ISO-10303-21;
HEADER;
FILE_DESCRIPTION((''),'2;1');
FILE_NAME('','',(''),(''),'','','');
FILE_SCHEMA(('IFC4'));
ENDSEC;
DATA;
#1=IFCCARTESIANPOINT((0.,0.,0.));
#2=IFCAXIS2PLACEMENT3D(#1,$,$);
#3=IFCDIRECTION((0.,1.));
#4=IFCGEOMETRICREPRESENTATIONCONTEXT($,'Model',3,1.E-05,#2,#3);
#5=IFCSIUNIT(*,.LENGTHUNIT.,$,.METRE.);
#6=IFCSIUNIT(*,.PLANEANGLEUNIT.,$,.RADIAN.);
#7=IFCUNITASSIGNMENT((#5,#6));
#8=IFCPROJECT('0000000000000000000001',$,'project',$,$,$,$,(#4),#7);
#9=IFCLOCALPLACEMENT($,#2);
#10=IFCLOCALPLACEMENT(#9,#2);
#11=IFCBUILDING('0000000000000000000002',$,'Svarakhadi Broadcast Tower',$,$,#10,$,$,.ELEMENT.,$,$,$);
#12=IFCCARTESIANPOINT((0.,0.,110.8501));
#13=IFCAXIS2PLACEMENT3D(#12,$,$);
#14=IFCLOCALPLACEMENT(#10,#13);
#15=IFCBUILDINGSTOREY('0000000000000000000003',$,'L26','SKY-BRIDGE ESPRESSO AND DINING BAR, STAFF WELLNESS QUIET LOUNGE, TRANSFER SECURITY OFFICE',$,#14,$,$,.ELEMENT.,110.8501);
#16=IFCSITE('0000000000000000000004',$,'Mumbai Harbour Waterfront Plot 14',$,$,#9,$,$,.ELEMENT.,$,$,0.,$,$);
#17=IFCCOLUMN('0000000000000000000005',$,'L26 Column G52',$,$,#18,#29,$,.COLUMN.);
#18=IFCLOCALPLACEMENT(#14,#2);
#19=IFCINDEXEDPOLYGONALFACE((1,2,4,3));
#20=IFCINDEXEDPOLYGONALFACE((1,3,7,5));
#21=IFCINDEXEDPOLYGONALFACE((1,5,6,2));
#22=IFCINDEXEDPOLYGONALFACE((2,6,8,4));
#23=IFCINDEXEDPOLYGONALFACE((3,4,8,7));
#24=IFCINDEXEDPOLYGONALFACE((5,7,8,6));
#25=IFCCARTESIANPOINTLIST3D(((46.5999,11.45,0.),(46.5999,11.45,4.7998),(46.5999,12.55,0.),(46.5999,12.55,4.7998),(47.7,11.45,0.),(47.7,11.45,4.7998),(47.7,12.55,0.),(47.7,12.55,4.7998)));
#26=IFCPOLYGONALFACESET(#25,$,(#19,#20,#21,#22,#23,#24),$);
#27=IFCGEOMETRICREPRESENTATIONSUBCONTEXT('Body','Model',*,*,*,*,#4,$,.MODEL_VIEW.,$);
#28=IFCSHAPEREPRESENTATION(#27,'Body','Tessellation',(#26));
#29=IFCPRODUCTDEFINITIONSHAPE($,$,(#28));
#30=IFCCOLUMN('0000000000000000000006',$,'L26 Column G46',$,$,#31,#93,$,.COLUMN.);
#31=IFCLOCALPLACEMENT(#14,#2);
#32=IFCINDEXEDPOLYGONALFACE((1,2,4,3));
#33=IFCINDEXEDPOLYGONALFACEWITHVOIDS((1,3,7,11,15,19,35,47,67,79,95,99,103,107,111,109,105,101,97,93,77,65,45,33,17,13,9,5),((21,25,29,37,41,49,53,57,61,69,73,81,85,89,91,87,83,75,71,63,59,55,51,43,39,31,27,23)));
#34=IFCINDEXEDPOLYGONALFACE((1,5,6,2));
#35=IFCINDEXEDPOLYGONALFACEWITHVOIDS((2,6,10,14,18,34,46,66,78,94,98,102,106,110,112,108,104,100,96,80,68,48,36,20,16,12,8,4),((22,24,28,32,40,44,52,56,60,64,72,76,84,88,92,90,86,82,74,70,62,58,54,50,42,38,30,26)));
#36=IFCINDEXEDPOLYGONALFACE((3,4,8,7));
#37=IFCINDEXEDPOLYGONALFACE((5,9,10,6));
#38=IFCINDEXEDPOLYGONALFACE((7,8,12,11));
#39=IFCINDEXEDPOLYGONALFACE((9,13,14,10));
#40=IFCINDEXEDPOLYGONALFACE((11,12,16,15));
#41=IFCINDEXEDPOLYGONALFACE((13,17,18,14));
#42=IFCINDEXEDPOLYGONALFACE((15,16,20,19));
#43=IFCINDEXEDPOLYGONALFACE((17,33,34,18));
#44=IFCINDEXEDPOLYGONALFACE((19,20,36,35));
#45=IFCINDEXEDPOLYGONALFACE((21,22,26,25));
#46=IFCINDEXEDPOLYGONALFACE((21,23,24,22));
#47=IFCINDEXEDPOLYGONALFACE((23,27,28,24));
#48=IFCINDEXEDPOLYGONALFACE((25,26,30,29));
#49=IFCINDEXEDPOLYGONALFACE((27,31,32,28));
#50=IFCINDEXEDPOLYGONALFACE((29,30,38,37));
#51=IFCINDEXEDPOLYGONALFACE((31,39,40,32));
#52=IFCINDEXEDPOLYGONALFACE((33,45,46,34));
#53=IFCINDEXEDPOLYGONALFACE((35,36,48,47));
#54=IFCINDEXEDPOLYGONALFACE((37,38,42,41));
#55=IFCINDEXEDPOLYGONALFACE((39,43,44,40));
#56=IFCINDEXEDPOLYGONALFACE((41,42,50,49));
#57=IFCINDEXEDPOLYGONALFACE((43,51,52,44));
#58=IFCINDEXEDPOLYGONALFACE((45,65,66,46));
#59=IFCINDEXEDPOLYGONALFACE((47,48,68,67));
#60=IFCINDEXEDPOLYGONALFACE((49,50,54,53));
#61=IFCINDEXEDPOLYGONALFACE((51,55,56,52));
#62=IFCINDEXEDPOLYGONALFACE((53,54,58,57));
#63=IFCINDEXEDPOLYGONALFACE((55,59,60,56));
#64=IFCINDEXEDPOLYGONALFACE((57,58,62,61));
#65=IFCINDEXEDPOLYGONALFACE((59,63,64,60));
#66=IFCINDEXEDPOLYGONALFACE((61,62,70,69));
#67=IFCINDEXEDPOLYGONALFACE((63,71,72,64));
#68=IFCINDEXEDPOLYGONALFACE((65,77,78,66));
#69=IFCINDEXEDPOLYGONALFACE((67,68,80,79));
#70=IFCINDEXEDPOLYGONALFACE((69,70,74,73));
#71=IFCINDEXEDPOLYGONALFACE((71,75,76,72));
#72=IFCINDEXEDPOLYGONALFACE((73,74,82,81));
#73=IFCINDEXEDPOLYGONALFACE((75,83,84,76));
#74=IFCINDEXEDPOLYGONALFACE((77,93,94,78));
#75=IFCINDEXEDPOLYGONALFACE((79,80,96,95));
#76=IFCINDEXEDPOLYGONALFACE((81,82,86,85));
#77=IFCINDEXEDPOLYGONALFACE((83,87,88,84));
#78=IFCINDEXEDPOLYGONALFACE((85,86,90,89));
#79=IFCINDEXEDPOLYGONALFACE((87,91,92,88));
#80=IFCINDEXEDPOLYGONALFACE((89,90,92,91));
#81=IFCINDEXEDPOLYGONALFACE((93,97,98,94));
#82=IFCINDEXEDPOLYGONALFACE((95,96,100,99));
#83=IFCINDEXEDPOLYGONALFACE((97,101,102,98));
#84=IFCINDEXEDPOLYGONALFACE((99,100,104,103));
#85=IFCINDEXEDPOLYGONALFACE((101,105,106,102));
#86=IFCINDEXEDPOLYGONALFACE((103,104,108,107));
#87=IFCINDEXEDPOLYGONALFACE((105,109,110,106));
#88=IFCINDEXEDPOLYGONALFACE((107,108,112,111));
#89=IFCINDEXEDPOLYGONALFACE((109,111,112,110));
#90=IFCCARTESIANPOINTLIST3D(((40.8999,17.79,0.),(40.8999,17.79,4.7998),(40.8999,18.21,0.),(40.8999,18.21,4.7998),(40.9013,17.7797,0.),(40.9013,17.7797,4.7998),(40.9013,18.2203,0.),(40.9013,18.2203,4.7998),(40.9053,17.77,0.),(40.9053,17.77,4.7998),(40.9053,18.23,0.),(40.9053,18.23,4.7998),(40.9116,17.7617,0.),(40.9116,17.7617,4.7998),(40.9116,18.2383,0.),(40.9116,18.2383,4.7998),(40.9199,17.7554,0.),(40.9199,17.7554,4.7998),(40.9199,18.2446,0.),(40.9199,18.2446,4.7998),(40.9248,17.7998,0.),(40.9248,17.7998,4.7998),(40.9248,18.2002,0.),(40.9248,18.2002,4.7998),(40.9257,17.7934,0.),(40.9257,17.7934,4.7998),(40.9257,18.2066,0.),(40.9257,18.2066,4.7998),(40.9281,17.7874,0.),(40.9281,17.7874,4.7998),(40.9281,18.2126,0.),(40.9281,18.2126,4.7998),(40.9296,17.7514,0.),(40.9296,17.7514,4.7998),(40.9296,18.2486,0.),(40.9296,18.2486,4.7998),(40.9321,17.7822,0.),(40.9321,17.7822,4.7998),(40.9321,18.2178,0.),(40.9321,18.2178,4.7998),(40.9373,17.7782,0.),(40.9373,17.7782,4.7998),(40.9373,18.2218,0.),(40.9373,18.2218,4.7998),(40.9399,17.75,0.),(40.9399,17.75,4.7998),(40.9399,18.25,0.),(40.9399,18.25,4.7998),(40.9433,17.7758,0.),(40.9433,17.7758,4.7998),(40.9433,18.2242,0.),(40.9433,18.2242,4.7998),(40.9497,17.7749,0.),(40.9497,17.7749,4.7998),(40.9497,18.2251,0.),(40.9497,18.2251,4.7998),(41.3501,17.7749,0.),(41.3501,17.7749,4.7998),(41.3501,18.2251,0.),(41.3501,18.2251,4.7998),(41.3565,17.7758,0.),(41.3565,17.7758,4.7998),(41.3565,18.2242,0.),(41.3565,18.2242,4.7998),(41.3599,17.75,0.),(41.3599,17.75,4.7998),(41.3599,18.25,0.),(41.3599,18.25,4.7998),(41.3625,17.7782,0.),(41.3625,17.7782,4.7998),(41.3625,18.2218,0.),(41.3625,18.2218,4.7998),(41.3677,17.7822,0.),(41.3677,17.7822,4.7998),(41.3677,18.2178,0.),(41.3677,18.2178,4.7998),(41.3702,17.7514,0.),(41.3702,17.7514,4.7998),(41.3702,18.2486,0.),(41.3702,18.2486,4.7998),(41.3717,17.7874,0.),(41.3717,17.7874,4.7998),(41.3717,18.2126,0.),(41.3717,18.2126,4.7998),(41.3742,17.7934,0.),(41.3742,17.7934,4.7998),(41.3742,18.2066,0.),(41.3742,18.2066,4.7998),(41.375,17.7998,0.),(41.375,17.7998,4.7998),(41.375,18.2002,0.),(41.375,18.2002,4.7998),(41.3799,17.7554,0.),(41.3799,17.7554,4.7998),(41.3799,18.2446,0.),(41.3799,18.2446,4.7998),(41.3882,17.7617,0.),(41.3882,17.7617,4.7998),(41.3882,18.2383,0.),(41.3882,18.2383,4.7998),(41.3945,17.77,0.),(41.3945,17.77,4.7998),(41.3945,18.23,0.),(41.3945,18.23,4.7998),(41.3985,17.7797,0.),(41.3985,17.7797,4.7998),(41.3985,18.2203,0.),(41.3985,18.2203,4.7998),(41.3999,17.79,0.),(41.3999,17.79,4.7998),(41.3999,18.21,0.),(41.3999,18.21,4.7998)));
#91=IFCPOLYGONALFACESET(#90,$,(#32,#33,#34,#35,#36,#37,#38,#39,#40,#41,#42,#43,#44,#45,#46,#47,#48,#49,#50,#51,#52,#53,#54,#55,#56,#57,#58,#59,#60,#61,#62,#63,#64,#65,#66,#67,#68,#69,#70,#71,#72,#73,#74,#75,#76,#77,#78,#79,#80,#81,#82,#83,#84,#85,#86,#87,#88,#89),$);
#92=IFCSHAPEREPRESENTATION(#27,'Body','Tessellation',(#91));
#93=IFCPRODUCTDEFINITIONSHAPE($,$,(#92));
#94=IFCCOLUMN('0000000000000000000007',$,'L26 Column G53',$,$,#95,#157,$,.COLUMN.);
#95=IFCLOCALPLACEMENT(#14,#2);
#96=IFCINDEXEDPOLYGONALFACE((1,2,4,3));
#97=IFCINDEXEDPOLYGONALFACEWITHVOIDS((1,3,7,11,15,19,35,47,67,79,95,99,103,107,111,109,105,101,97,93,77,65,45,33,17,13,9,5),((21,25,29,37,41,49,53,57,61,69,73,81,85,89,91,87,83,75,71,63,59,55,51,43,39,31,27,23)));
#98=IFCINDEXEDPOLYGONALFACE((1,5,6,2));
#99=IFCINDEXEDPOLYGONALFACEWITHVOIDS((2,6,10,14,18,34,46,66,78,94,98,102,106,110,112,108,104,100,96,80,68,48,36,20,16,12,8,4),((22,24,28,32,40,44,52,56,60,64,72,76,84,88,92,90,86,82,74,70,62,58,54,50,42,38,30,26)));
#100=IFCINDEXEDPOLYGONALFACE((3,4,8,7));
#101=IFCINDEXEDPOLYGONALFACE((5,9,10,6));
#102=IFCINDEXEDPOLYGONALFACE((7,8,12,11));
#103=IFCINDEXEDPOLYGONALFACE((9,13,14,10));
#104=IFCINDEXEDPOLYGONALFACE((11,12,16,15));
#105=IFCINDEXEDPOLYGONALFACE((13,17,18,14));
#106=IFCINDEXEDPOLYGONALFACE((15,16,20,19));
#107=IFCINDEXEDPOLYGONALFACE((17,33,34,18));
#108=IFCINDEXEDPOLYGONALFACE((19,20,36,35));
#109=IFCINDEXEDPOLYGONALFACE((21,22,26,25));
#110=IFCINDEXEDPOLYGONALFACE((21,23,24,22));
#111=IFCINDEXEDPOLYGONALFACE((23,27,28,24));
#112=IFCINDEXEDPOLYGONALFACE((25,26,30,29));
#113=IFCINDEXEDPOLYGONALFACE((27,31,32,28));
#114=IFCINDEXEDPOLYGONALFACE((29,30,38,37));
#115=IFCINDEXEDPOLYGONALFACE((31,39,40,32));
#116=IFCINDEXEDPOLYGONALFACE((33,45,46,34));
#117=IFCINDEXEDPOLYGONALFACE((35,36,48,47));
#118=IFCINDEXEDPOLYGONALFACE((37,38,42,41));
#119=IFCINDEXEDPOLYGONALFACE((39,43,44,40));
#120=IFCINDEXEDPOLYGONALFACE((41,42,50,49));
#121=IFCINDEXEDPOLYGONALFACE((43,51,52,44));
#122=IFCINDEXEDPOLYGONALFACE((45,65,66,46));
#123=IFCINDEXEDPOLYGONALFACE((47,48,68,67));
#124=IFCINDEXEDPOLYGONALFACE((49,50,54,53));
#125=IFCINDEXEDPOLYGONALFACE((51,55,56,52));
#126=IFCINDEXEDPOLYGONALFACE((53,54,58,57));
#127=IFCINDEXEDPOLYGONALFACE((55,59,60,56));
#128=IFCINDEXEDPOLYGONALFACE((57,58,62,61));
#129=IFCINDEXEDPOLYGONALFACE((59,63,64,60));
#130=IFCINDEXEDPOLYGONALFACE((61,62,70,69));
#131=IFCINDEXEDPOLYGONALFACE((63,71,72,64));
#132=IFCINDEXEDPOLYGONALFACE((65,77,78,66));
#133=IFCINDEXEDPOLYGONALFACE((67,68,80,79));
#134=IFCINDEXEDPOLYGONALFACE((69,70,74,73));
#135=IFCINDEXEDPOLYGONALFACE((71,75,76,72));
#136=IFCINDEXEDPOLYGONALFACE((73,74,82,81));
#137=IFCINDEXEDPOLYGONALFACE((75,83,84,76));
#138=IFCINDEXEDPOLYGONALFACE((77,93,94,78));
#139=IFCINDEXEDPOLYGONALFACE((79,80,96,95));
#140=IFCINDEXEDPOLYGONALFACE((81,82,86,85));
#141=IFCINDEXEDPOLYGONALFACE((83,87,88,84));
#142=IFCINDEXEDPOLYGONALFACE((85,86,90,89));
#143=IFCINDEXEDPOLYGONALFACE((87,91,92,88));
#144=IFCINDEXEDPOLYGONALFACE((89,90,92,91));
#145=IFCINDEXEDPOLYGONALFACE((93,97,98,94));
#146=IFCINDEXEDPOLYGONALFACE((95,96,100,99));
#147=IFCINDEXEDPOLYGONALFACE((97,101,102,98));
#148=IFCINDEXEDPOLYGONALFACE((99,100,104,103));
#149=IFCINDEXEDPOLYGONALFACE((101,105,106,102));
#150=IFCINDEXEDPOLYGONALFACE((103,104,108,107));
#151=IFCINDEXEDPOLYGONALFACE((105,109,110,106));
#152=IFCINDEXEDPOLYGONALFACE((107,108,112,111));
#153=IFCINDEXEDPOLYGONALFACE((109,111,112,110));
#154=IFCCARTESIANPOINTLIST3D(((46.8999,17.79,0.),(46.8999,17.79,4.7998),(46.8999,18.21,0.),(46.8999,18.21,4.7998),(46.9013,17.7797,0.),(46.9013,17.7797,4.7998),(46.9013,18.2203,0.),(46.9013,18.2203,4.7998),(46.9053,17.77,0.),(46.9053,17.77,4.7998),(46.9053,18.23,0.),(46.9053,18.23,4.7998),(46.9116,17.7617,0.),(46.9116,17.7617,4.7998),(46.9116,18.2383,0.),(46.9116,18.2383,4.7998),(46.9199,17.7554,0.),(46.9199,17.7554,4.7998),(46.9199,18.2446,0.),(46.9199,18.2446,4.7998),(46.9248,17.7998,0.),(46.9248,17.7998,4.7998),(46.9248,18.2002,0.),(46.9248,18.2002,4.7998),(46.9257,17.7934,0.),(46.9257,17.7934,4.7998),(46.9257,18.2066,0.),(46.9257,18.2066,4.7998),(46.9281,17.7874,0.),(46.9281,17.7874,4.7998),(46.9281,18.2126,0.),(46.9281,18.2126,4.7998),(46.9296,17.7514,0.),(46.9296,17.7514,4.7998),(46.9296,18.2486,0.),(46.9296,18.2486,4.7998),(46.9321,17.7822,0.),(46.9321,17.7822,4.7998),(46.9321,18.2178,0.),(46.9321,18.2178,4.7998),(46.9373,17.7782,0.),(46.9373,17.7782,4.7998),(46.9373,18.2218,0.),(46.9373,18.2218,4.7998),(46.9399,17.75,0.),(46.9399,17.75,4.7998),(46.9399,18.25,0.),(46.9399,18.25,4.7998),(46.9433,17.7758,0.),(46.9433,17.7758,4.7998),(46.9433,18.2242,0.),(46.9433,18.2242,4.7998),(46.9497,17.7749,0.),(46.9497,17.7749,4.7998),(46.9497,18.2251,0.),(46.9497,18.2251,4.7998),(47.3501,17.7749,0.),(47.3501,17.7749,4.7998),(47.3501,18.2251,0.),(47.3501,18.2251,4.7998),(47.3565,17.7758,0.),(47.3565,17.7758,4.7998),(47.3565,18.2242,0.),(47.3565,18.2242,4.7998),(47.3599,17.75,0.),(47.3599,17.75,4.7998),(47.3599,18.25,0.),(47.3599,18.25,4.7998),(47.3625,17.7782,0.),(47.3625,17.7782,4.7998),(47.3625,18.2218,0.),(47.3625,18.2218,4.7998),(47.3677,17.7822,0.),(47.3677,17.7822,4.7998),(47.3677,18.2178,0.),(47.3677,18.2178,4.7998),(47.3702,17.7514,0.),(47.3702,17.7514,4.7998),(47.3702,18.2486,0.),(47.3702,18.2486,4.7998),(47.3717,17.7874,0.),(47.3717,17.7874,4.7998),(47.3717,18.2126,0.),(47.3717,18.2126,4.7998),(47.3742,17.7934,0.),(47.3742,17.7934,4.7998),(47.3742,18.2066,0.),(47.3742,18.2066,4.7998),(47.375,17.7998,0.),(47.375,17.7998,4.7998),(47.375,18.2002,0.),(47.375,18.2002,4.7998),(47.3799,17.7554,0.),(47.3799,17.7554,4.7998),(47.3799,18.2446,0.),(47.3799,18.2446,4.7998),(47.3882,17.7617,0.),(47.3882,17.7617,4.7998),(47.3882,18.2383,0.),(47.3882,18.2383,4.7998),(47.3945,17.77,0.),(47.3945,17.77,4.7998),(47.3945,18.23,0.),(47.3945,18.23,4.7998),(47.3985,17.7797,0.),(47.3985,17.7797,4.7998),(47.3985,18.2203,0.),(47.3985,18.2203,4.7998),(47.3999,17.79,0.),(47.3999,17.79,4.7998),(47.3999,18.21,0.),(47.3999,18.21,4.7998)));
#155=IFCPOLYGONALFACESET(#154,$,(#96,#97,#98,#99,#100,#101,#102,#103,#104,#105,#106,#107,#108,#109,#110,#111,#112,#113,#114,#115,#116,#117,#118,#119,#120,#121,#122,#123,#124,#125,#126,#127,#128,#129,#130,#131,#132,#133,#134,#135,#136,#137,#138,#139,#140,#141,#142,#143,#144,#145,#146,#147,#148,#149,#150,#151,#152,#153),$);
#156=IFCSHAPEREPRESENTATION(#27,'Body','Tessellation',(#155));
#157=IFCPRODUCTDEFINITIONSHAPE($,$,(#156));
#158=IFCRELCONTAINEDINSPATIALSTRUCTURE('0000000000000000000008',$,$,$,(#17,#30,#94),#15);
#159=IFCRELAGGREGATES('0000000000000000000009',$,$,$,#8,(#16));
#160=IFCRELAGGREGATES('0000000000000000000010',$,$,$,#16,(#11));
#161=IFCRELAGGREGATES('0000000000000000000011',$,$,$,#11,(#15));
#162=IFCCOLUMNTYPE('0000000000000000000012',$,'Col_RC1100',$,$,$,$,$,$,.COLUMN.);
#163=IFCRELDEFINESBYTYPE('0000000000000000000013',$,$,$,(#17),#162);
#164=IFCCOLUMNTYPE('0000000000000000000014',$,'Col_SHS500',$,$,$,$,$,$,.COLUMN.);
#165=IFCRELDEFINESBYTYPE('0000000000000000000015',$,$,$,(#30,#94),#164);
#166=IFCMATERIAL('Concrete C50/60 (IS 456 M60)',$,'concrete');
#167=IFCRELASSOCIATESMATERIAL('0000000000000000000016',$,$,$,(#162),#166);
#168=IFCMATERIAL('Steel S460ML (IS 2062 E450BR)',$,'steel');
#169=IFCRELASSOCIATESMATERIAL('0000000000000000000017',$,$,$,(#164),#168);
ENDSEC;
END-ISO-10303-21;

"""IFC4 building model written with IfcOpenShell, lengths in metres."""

from ifc_helpers import new_model, si_unit, direction, frame, origin, origin_2d, place, context, subcontext, project, spatial, rectangle, hollow_rectangle, extrude, material, material_profile, profile_set, type_object, element, save


model = new_model("IFC4")

# Units and contexts
model_context = context("Model", 3, precision=1e-05, world=origin(), true_north=direction((0.0, 1.0)))
body_context = subcontext(model_context, "Body", "Model", "MODEL_VIEW")
ifc_project = project(units=[si_unit("LENGTHUNIT", "METRE"), si_unit("PLANEANGLEUNIT", "RADIAN")], contexts=[model_context])

# Site, building, storey
site_placement = place(None, origin())
site = spatial("IfcSite", under=ifc_project, at=site_placement, Name="Mumbai Harbour Waterfront Plot 14", CompositionType="ELEMENT", RefElevation=0.0)
building_placement = place(site_placement, origin())
building = spatial("IfcBuilding", under=site, at=building_placement, Name="Svarakhadi Broadcast Tower", CompositionType="ELEMENT")
storey_placement = place(building_placement, frame((0.0, 0.0, 110.8501)))
storey = spatial("IfcBuildingStorey", under=building, at=storey_placement, Name="L26", Description="SKY-BRIDGE ESPRESSO AND DINING BAR, STAFF WELLNESS QUIET LOUNGE, TRANSFER SECURITY OFFICE", CompositionType="ELEMENT", Elevation=110.8501)

# Columns
ifc_material_1 = material(Name="Concrete C50/60 (IS 456 M60)", Category="concrete")
ifc_material_profile_1 = material_profile(ifc_material_1, rectangle(XDim=1.1001, YDim=1.1001, at=origin_2d()), Name="RC 1100x1100")
ifc_profile_set_1 = profile_set([ifc_material_profile_1], Name="Concrete C50/60 (IS 456 M60)")
column_type_1 = type_object("IfcColumnType", Name="Col_RC1100", PredefinedType="COLUMN", material=ifc_profile_set_1)
column_placement = place(storey_placement, frame((47.1499, 12.0, 0.0), z_axis=(0.0, 0.0, 1.0), x_axis=(1.0, 0.0, 0.0)))
element("IfcColumn", 1, at=column_placement, inside=storey, type_object=column_type_1, Name="L26 Column G52", PredefinedType="COLUMN", context=body_context, shape_type="SweptSolid", body=[
    extrude(rectangle(XDim=1.1001, YDim=1.1001, at=origin_2d()), origin(), (0.0, 0.0, 1.0), 4.7998),
])
ifc_material_2 = material(Name="Steel S460ML (IS 2062 E450BR)", Category="steel")
ifc_material_profile_2 = material_profile(ifc_material_2, hollow_rectangle(XDim=0.5, YDim=0.5, WallThickness=0.0249, InnerFilletRadius=0.0249, OuterFilletRadius=0.04, at=origin_2d()), Name="SHS 500x500x25")
ifc_profile_set_2 = profile_set([ifc_material_profile_2], Name="Steel S460ML (IS 2062 E450BR)")
column_type_2 = type_object("IfcColumnType", Name="Col_SHS500", PredefinedType="COLUMN", material=ifc_profile_set_2)
for number, where, z_axis, x_axis, name in (
    (2, (41.1499, 18.0, 0.0), (0.0, 0.0, 1.0), (1.0, 0.0, 0.0), "L26 Column G46"),
    (3, (47.1499, 18.0, 0.0), (0.0, 0.0, 1.0), (1.0, 0.0, 0.0), "L26 Column G53"),
):
    element("IfcColumn", number, at=place(storey_placement, frame(where, z_axis=z_axis, x_axis=x_axis)), inside=storey, type_object=column_type_2, Name=name, PredefinedType="COLUMN", context=body_context, shape_type="SweptSolid", body=[
        extrude(hollow_rectangle(XDim=0.5, YDim=0.5, WallThickness=0.0249, InnerFilletRadius=0.0249, OuterFilletRadius=0.04, at=origin_2d()), origin(), (0.0, 0.0, 1.0), 4.7998),
    ])

save(model, "model.ifc")
